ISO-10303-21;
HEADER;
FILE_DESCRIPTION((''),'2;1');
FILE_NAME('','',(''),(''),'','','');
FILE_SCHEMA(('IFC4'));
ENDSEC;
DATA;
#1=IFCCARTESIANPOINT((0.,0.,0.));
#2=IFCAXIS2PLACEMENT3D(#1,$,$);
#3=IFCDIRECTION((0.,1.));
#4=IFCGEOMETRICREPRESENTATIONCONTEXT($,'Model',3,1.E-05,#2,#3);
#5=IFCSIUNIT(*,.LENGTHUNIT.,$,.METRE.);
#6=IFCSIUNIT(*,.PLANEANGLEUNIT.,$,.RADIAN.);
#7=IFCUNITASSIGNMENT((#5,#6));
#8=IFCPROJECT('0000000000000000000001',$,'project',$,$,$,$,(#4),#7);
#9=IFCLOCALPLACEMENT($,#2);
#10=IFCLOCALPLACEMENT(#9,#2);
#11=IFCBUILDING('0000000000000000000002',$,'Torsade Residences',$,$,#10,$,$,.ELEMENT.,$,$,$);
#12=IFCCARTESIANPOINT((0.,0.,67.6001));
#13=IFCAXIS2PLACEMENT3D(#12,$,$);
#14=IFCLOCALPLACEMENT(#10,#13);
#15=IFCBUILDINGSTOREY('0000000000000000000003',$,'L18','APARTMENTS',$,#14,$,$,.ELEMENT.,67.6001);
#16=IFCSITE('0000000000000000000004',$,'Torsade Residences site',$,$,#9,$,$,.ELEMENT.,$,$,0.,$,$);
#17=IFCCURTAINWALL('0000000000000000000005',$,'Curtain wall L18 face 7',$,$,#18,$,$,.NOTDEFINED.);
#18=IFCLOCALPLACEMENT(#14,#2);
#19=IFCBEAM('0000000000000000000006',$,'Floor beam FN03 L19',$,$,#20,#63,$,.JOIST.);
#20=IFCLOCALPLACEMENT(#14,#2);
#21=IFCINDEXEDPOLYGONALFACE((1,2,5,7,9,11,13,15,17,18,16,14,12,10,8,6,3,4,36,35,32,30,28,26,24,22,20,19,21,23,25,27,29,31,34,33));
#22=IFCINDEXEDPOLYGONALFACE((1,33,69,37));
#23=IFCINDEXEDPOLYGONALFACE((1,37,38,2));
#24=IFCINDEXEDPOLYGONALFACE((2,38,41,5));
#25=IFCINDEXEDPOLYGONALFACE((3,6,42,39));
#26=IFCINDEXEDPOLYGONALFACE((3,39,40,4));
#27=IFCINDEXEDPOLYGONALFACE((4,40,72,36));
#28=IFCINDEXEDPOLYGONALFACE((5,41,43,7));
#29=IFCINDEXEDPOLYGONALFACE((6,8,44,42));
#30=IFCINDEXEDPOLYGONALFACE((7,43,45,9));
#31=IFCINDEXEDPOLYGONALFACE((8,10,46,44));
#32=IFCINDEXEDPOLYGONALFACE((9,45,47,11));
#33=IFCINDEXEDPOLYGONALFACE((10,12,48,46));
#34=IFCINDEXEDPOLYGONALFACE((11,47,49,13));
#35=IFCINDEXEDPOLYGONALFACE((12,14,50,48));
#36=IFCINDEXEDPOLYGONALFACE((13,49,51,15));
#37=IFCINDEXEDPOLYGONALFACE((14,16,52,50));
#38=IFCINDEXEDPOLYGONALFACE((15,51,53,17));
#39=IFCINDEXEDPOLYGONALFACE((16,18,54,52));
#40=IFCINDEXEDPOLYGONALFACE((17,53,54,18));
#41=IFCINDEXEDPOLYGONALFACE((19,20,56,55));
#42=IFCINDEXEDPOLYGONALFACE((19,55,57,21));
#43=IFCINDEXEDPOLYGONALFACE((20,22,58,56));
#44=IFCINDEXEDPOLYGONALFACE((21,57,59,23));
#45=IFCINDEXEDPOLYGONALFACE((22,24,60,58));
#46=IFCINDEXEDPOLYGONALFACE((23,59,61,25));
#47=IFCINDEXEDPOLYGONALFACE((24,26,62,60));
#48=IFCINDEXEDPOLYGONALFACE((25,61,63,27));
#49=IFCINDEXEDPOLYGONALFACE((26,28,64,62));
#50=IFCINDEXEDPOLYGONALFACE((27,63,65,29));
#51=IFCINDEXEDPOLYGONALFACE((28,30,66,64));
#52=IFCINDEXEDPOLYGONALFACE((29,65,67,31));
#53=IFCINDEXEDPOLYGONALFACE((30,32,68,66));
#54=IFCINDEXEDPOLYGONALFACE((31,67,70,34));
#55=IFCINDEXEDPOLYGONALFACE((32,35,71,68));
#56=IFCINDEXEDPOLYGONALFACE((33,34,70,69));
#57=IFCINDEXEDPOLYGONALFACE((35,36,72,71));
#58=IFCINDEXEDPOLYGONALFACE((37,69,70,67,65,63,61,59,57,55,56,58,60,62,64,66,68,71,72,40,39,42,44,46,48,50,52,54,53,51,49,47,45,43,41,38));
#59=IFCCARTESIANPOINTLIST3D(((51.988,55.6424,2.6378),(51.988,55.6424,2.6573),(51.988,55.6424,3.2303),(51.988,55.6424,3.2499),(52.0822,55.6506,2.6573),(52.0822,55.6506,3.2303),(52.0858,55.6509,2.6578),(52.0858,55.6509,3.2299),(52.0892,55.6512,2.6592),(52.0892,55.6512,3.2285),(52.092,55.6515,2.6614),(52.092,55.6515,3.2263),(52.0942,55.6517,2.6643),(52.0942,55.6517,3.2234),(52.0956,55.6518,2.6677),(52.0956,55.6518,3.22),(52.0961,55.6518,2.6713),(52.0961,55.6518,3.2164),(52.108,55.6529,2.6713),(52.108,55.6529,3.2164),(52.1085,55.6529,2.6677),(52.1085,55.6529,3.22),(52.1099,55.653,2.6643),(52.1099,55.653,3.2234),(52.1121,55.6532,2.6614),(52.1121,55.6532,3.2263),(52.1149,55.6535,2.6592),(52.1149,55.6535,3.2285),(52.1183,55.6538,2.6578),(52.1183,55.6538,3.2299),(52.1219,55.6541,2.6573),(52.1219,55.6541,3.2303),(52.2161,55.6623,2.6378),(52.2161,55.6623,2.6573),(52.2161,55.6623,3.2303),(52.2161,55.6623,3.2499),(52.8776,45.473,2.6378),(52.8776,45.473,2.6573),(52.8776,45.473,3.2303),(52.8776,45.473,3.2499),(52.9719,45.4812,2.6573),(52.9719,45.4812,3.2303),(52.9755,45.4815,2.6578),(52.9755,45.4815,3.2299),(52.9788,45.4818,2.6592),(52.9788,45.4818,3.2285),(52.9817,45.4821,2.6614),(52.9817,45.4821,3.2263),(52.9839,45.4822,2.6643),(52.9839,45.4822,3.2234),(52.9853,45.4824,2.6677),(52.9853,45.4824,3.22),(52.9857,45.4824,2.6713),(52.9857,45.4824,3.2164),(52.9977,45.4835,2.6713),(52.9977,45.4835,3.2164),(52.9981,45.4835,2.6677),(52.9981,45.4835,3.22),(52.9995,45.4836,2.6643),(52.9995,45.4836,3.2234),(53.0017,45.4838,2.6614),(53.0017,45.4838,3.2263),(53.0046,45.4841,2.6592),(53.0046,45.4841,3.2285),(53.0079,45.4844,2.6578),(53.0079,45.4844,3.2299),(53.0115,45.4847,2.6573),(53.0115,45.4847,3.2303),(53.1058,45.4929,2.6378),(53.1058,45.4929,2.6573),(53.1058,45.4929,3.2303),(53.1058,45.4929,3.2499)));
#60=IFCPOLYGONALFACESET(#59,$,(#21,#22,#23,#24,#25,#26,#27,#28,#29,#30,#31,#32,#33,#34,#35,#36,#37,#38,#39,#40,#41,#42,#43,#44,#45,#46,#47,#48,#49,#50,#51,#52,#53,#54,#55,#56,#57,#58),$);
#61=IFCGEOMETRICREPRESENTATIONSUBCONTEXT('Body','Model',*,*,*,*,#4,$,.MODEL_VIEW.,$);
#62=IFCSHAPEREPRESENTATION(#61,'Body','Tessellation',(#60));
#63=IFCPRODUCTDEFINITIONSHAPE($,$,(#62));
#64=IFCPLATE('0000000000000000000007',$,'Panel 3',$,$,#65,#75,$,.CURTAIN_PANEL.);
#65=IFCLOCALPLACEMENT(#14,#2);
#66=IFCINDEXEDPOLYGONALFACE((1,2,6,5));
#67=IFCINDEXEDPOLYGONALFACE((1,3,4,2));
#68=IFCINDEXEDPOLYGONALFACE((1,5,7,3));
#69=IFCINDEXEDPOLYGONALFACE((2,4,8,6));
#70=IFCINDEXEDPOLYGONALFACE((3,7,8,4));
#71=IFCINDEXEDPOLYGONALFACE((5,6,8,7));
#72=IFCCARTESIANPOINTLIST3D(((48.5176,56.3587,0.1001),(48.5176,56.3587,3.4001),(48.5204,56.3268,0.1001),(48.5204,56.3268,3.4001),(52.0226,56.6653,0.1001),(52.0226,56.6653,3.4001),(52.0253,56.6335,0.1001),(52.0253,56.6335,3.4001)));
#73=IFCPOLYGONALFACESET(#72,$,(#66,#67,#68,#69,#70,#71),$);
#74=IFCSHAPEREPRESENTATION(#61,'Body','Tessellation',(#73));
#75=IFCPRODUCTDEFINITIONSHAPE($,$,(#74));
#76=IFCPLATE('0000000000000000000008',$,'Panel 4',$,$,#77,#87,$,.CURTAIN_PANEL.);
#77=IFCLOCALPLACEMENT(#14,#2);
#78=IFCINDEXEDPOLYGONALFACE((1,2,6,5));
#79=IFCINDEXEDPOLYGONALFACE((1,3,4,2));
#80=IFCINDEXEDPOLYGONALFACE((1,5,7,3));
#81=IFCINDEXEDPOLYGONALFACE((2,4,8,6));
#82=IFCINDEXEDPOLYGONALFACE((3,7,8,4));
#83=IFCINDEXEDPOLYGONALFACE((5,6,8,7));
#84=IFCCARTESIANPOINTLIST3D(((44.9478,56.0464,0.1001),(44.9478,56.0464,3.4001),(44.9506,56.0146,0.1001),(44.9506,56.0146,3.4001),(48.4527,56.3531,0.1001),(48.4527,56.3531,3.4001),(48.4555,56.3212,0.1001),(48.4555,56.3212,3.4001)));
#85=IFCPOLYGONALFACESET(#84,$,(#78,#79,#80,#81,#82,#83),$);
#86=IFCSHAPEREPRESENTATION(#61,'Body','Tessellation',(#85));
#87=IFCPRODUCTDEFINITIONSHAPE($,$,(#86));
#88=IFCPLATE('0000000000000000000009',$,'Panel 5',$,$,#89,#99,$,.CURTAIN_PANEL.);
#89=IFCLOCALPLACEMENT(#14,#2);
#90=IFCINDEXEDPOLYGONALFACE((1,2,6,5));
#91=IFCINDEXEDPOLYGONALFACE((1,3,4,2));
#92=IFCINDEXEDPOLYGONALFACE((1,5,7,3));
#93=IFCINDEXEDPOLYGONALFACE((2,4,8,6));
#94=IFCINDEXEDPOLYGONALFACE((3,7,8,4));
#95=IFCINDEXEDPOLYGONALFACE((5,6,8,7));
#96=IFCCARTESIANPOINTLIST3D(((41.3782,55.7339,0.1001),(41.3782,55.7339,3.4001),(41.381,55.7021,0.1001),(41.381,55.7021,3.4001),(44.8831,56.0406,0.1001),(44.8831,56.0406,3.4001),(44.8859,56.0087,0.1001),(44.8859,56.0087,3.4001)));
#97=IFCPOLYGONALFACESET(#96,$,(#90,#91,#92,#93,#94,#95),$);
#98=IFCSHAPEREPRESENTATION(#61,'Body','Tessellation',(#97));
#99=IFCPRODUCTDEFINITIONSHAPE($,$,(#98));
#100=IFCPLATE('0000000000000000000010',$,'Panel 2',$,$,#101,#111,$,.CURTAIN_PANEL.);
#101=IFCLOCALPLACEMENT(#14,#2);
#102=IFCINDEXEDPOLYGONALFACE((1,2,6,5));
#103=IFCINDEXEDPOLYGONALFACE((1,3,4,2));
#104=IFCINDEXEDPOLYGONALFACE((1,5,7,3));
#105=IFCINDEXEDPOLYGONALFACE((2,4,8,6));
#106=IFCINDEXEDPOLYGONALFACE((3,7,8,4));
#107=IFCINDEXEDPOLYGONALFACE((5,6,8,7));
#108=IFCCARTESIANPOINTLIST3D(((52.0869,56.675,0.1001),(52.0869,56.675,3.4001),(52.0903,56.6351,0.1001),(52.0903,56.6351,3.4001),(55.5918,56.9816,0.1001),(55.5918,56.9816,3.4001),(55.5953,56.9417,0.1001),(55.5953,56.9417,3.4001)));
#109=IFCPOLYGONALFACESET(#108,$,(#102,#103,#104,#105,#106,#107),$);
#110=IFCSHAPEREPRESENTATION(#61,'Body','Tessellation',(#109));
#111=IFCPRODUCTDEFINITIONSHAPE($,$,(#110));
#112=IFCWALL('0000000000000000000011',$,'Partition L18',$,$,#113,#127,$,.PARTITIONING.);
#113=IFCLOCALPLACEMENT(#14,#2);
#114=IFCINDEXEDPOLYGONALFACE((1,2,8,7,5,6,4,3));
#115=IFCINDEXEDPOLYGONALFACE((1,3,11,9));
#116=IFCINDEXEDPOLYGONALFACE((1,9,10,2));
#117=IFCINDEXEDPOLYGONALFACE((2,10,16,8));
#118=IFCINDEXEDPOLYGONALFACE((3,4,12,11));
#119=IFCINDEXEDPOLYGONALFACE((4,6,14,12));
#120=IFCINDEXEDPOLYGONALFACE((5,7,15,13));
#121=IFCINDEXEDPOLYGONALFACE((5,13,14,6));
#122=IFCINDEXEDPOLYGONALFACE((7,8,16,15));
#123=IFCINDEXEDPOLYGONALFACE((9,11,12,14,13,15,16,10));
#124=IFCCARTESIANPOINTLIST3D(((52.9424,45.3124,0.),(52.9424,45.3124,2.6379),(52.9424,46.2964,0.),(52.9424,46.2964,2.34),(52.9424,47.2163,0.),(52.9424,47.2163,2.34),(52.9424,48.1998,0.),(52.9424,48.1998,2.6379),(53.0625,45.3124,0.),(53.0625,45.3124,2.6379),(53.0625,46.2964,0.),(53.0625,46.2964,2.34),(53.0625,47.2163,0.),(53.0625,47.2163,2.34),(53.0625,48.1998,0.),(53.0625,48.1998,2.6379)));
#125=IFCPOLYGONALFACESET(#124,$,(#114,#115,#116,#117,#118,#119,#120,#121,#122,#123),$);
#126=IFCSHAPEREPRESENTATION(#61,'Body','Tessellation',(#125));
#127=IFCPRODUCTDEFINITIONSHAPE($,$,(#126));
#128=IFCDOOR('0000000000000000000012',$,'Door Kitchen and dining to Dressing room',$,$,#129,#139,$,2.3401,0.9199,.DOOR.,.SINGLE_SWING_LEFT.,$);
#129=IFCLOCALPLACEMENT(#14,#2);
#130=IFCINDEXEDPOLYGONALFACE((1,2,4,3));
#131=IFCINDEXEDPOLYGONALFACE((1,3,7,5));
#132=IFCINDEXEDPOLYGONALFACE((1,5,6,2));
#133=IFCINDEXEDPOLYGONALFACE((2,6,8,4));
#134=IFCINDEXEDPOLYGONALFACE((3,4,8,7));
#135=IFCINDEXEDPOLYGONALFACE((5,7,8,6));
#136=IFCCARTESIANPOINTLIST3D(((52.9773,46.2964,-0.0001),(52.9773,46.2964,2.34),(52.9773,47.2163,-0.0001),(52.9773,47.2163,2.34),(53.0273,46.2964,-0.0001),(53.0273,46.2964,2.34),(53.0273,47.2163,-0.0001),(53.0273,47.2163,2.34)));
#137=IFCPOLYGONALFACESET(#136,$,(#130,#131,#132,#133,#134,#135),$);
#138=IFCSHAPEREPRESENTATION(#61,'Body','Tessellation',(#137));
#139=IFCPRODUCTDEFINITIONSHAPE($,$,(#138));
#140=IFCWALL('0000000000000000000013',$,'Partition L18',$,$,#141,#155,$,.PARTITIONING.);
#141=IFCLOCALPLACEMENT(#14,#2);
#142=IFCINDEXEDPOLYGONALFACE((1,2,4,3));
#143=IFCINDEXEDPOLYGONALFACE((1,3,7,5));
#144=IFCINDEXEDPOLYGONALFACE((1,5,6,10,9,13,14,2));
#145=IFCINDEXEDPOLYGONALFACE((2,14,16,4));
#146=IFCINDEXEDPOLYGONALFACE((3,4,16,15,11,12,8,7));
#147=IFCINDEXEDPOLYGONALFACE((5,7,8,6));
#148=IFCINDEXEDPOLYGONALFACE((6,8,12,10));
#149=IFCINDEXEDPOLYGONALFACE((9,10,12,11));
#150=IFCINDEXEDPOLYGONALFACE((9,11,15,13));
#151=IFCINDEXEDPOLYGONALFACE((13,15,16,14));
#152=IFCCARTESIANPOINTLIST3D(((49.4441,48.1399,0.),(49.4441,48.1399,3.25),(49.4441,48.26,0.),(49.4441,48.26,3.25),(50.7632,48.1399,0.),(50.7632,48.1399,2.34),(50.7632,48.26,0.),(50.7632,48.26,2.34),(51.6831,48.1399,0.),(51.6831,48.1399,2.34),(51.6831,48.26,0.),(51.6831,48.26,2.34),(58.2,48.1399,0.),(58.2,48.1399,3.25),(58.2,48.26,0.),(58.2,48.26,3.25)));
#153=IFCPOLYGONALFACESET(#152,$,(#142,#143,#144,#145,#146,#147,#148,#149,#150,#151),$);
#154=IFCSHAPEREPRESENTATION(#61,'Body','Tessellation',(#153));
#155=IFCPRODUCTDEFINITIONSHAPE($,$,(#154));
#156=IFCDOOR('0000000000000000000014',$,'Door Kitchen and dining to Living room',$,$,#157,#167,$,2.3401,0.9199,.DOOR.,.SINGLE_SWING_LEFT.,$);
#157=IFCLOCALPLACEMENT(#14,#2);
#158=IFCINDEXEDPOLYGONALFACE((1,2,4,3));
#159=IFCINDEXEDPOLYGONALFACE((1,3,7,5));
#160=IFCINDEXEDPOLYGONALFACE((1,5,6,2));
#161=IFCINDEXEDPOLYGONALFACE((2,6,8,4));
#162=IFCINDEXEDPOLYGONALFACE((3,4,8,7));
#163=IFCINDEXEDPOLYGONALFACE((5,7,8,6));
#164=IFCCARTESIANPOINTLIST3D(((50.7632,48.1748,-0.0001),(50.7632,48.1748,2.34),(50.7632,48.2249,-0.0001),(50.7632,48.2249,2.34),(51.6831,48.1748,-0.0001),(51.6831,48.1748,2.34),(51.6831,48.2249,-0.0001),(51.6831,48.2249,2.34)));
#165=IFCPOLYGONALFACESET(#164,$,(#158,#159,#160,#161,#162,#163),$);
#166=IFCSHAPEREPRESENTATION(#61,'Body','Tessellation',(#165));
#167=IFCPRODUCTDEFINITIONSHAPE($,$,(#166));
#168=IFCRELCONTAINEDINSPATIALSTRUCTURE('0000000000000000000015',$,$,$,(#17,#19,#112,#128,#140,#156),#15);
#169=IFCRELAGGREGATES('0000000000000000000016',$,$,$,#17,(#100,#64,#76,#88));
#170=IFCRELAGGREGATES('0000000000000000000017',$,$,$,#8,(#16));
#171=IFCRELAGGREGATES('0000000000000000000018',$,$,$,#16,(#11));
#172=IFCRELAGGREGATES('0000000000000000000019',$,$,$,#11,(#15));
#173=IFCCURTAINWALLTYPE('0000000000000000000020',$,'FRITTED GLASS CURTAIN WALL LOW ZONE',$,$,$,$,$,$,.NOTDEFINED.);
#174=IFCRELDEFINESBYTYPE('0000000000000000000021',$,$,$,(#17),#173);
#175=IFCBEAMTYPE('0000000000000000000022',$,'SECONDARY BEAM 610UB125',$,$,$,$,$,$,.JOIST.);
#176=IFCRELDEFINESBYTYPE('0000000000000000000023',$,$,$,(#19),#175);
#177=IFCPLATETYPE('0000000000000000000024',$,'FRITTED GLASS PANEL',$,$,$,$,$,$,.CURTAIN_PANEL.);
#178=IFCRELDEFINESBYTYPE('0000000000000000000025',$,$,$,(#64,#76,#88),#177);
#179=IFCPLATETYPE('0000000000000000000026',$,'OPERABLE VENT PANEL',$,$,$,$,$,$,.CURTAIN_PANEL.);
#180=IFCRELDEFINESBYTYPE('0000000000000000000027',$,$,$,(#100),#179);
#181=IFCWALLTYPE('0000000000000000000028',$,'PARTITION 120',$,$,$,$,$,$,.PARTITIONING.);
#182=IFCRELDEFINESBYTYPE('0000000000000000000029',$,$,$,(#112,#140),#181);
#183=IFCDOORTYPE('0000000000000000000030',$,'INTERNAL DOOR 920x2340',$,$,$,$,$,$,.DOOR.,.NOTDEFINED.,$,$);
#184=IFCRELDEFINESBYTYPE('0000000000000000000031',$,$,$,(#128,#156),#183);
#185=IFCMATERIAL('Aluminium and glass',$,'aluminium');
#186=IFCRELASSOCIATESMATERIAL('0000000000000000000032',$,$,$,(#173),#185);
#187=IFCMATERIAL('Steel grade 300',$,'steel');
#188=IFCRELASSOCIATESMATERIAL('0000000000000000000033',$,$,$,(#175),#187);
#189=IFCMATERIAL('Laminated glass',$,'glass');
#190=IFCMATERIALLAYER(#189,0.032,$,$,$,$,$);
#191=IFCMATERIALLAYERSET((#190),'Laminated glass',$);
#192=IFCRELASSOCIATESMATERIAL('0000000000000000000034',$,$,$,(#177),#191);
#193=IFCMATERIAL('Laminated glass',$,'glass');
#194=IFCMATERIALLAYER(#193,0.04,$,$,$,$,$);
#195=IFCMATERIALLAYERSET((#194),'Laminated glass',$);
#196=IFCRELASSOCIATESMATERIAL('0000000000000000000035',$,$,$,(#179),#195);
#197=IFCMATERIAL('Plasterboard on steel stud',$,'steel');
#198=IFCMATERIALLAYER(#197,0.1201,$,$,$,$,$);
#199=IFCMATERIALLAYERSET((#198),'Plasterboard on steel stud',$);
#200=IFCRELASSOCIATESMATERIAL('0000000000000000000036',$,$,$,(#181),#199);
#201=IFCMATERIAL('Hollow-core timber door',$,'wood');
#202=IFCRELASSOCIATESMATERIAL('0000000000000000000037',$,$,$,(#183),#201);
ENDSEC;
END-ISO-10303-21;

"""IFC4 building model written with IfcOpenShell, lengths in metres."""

from ifc_helpers import new_model, si_unit, direction, frame, frame_2d, origin, origin_2d, place, context, subcontext, project, spatial, rectangle, i_section, extrude, material, layer, layer_set, material_profile, profile_set, type_object, element, fill, aggregate, save


model = new_model("IFC4")

# Units and contexts
model_context = context("Model", 3, precision=1e-05, world=origin(), true_north=direction((0.0, 1.0)))
body_context = subcontext(model_context, "Body", "Model", "MODEL_VIEW")
ifc_project = project(units=[si_unit("LENGTHUNIT", "METRE"), si_unit("PLANEANGLEUNIT", "RADIAN")], contexts=[model_context])

# Site, building, storey
site_placement = place(None, origin())
site = spatial("IfcSite", under=ifc_project, at=site_placement, Name="Torsade Residences site", CompositionType="ELEMENT", RefElevation=0.0)
building_placement = place(site_placement, origin())
building = spatial("IfcBuilding", under=site, at=building_placement, Name="Torsade Residences", CompositionType="ELEMENT")
storey_placement = place(building_placement, frame((0.0, 0.0, 67.6001)))
storey = spatial("IfcBuildingStorey", under=building, at=storey_placement, Name="L18", Description="APARTMENTS", CompositionType="ELEMENT", Elevation=67.6001)

# Curtain wall
ifc_material_1 = material(Name="Aluminium and glass", Category="aluminium")
curtain_wall_type = type_object("IfcCurtainWallType", Name="FRITTED GLASS CURTAIN WALL LOW ZONE", PredefinedType="NOTDEFINED", material=ifc_material_1)
curtain_wall_placement = place(storey_placement, origin())
curtain_wall = element("IfcCurtainWall", 1, at=curtain_wall_placement, inside=storey, type_object=curtain_wall_type, Name="Curtain wall L18 face 7", PredefinedType="NOTDEFINED")

# Beam
ifc_material_2 = material(Name="Steel grade 300", Category="steel")
ifc_material_profile_1 = material_profile(ifc_material_2, i_section(OverallWidth=0.229, OverallDepth=0.6121, WebThickness=0.012, FlangeThickness=0.0195, FilletRadius=0.0139, at=origin_2d()), Name="610UB125")
ifc_profile_set_1 = profile_set([ifc_material_profile_1], Name="Steel grade 300")
beam_type_1 = type_object("IfcBeamType", Name="SECONDARY BEAM 610UB125", PredefinedType="JOIST", material=ifc_profile_set_1)
beam_1_placement = place(storey_placement, frame((52.1021, 55.6523, 2.9438), z_axis=(0.08715, -0.996195, 0.0), x_axis=(0.996195, 0.08715, 0.0)))
element("IfcBeam", 2, at=beam_1_placement, inside=storey, type_object=beam_type_1, Name="Floor beam FN03 L19", PredefinedType="JOIST", context=body_context, shape_type="SweptSolid", body=[
    extrude(i_section(OverallWidth=0.229, OverallDepth=0.6121, WebThickness=0.012, FlangeThickness=0.0195, FilletRadius=0.0139, at=origin_2d()), origin(), (0.0, 0.0, 1.0), 10.2083),
])

# Plates
ifc_material_3 = material(Name="Laminated glass", Category="glass")
ifc_layer_1 = layer(ifc_material_3, 0.032)
ifc_layer_set_1 = layer_set([ifc_layer_1], Name="Laminated glass")
plate_type_1 = type_object("IfcPlateType", Name="FRITTED GLASS PANEL", PredefinedType="CURTAIN_PANEL", material=ifc_layer_set_1)
plate_1_placement = place(storey_placement, frame((50.2715, 56.4961, 0.1001), z_axis=(0.0, 0.0, 1.0), x_axis=(-0.996195, -0.087156, 0.0)))
plate_1 = element("IfcPlate", 3, at=plate_1_placement, type_object=plate_type_1, Name="Panel 3", PredefinedType="CURTAIN_PANEL", context=body_context, shape_type="SweptSolid", body=[
    extrude(rectangle(XDim=3.5183, YDim=0.032, at=origin_2d()), origin(), (0.0, 0.0, 1.0), 3.3),
])
plate_2_placement = place(storey_placement, frame((46.7017, 56.1838, 0.1001), z_axis=(0.0, 0.0, 1.0), x_axis=(-0.996195, -0.087156, 0.0)))
plate_2 = element("IfcPlate", 4, at=plate_2_placement, type_object=plate_type_1, Name="Panel 4", PredefinedType="CURTAIN_PANEL", context=body_context, shape_type="SweptSolid", body=[
    extrude(rectangle(XDim=3.5183, YDim=0.032, at=origin_2d()), origin(), (0.0, 0.0, 1.0), 3.3),
])
plate_3_placement = place(storey_placement, frame((43.1321, 55.8713, 0.1001), z_axis=(0.0, 0.0, 1.0), x_axis=(-0.996195, -0.087156, 0.0)))
plate_3 = element("IfcPlate", 5, at=plate_3_placement, type_object=plate_type_1, Name="Panel 5", PredefinedType="CURTAIN_PANEL", context=body_context, shape_type="SweptSolid", body=[
    extrude(rectangle(XDim=3.5183, YDim=0.032, at=origin_2d()), origin(), (0.0, 0.0, 1.0), 3.3),
])
ifc_material_4 = material(Name="Laminated glass", Category="glass")
ifc_layer_2 = layer(ifc_material_4, 0.04)
ifc_layer_set_2 = layer_set([ifc_layer_2], Name="Laminated glass")
plate_type_2 = type_object("IfcPlateType", Name="OPERABLE VENT PANEL", PredefinedType="CURTAIN_PANEL", material=ifc_layer_set_2)
plate_4_placement = place(storey_placement, frame((53.8411, 56.8083, 0.1001), z_axis=(0.0, 0.0, 1.0), x_axis=(-0.996195, -0.087156, 0.0)))
plate_4 = element("IfcPlate", 6, at=plate_4_placement, type_object=plate_type_2, Name="Panel 2", PredefinedType="CURTAIN_PANEL", context=body_context, shape_type="SweptSolid", body=[
    extrude(rectangle(XDim=3.5183, YDim=0.04, at=origin_2d()), origin(), (0.0, 0.0, 1.0), 3.3),
])
aggregate(curtain_wall, [plate_4, plate_1, plate_2, plate_3])

# Walls, openings, doors
ifc_material_5 = material(Name="Plasterboard on steel stud", Category="steel")
ifc_layer_3 = layer(ifc_material_5, 0.1201)
ifc_layer_set_3 = layer_set([ifc_layer_3], Name="Plasterboard on steel stud")
wall_type_1 = type_object("IfcWallType", Name="PARTITION 120", PredefinedType="PARTITIONING", material=ifc_layer_set_3)
wall_1_placement = place(storey_placement, frame((53.0024, 48.2, 0.0), z_axis=(0.0, 0.0, 1.0), x_axis=(0.0, -1.0, 0.0)))
wall_1 = element("IfcWall", 7, at=wall_1_placement, inside=storey, type_object=wall_type_1, Name="Partition L18", PredefinedType="PARTITIONING", context=body_context, shape_type="SweptSolid", body=[
    extrude(rectangle(XDim=2.8875, YDim=0.1201, at=frame_2d((1.4438, 0.0))), origin(), (0.0, 0.0, 1.0), 2.6379),
])
opening_1_placement = place(wall_1_placement, frame((0.9836, 0.0, 0.0)))
opening_1 = element("IfcOpeningElement", 8, at=opening_1_placement, cuts=wall_1, PredefinedType="OPENING", context=body_context, shape_type="SweptSolid", body=[
    extrude(rectangle(XDim=0.9199, YDim=2.3401, at=frame_2d((0.46, 1.1699))), frame((0.0, 0.0701, 0.0), z_axis=(0.0, -1.0, 0.0), x_axis=(1.0, 0.0, 0.0)), (0.0, 0.0, 1.0), 0.1401),
])
ifc_material_6 = material(Name="Hollow-core timber door", Category="wood")
door_type = type_object("IfcDoorType", Name="INTERNAL DOOR 920x2340", OperationType="NOTDEFINED", PredefinedType="DOOR", material=ifc_material_6)
door_1_placement = place(opening_1_placement, origin())
door_1 = element("IfcDoor", 9, at=door_1_placement, inside=storey, type_object=door_type, Name="Door Kitchen and dining to Dressing room", OperationType="SINGLE_SWING_LEFT", OverallHeight=2.3401, OverallWidth=0.9199, PredefinedType="DOOR", context=body_context, shape_type="SweptSolid", body=[
    extrude(rectangle(XDim=0.9199, YDim=2.3401, at=frame_2d((0.46, 1.1699))), frame((0.0, 0.0249, 0.0), z_axis=(0.0, -1.0, 0.0), x_axis=(1.0, 0.0, 0.0)), (0.0, 0.0, 1.0), 0.05),
])
fill(opening_1, door_1)
wall_2_placement = place(storey_placement, frame((49.4441, 48.2, 0.0), z_axis=(0.0, 0.0, 1.0), x_axis=(1.0, 0.0, 0.0)))
wall_2 = element("IfcWall", 10, at=wall_2_placement, inside=storey, type_object=wall_type_1, Name="Partition L18", PredefinedType="PARTITIONING", context=body_context, shape_type="SweptSolid", body=[
    extrude(rectangle(XDim=8.7559, YDim=0.1201, at=frame_2d((4.3779, 0.0))), origin(), (0.0, 0.0, 1.0), 3.25),
])
opening_2_placement = place(wall_2_placement, frame((1.3191, 0.0, 0.0)))
opening_2 = element("IfcOpeningElement", 11, at=opening_2_placement, cuts=wall_2, PredefinedType="OPENING", context=body_context, shape_type="SweptSolid", body=[
    extrude(rectangle(XDim=0.9199, YDim=2.3401, at=frame_2d((0.46, 1.1699))), frame((0.0, 0.0701, 0.0), z_axis=(0.0, -1.0, 0.0), x_axis=(1.0, 0.0, 0.0)), (0.0, 0.0, 1.0), 0.1401),
])
door_2_placement = place(opening_2_placement, origin())
door_2 = element("IfcDoor", 12, at=door_2_placement, inside=storey, type_object=door_type, Name="Door Kitchen and dining to Living room", OperationType="SINGLE_SWING_LEFT", OverallHeight=2.3401, OverallWidth=0.9199, PredefinedType="DOOR", context=body_context, shape_type="SweptSolid", body=[
    extrude(rectangle(XDim=0.9199, YDim=2.3401, at=frame_2d((0.46, 1.1699))), frame((0.0, 0.0249, 0.0), z_axis=(0.0, -1.0, 0.0), x_axis=(1.0, 0.0, 0.0)), (0.0, 0.0, 1.0), 0.05),
])
fill(opening_2, door_2)

save(model, "model.ifc")
